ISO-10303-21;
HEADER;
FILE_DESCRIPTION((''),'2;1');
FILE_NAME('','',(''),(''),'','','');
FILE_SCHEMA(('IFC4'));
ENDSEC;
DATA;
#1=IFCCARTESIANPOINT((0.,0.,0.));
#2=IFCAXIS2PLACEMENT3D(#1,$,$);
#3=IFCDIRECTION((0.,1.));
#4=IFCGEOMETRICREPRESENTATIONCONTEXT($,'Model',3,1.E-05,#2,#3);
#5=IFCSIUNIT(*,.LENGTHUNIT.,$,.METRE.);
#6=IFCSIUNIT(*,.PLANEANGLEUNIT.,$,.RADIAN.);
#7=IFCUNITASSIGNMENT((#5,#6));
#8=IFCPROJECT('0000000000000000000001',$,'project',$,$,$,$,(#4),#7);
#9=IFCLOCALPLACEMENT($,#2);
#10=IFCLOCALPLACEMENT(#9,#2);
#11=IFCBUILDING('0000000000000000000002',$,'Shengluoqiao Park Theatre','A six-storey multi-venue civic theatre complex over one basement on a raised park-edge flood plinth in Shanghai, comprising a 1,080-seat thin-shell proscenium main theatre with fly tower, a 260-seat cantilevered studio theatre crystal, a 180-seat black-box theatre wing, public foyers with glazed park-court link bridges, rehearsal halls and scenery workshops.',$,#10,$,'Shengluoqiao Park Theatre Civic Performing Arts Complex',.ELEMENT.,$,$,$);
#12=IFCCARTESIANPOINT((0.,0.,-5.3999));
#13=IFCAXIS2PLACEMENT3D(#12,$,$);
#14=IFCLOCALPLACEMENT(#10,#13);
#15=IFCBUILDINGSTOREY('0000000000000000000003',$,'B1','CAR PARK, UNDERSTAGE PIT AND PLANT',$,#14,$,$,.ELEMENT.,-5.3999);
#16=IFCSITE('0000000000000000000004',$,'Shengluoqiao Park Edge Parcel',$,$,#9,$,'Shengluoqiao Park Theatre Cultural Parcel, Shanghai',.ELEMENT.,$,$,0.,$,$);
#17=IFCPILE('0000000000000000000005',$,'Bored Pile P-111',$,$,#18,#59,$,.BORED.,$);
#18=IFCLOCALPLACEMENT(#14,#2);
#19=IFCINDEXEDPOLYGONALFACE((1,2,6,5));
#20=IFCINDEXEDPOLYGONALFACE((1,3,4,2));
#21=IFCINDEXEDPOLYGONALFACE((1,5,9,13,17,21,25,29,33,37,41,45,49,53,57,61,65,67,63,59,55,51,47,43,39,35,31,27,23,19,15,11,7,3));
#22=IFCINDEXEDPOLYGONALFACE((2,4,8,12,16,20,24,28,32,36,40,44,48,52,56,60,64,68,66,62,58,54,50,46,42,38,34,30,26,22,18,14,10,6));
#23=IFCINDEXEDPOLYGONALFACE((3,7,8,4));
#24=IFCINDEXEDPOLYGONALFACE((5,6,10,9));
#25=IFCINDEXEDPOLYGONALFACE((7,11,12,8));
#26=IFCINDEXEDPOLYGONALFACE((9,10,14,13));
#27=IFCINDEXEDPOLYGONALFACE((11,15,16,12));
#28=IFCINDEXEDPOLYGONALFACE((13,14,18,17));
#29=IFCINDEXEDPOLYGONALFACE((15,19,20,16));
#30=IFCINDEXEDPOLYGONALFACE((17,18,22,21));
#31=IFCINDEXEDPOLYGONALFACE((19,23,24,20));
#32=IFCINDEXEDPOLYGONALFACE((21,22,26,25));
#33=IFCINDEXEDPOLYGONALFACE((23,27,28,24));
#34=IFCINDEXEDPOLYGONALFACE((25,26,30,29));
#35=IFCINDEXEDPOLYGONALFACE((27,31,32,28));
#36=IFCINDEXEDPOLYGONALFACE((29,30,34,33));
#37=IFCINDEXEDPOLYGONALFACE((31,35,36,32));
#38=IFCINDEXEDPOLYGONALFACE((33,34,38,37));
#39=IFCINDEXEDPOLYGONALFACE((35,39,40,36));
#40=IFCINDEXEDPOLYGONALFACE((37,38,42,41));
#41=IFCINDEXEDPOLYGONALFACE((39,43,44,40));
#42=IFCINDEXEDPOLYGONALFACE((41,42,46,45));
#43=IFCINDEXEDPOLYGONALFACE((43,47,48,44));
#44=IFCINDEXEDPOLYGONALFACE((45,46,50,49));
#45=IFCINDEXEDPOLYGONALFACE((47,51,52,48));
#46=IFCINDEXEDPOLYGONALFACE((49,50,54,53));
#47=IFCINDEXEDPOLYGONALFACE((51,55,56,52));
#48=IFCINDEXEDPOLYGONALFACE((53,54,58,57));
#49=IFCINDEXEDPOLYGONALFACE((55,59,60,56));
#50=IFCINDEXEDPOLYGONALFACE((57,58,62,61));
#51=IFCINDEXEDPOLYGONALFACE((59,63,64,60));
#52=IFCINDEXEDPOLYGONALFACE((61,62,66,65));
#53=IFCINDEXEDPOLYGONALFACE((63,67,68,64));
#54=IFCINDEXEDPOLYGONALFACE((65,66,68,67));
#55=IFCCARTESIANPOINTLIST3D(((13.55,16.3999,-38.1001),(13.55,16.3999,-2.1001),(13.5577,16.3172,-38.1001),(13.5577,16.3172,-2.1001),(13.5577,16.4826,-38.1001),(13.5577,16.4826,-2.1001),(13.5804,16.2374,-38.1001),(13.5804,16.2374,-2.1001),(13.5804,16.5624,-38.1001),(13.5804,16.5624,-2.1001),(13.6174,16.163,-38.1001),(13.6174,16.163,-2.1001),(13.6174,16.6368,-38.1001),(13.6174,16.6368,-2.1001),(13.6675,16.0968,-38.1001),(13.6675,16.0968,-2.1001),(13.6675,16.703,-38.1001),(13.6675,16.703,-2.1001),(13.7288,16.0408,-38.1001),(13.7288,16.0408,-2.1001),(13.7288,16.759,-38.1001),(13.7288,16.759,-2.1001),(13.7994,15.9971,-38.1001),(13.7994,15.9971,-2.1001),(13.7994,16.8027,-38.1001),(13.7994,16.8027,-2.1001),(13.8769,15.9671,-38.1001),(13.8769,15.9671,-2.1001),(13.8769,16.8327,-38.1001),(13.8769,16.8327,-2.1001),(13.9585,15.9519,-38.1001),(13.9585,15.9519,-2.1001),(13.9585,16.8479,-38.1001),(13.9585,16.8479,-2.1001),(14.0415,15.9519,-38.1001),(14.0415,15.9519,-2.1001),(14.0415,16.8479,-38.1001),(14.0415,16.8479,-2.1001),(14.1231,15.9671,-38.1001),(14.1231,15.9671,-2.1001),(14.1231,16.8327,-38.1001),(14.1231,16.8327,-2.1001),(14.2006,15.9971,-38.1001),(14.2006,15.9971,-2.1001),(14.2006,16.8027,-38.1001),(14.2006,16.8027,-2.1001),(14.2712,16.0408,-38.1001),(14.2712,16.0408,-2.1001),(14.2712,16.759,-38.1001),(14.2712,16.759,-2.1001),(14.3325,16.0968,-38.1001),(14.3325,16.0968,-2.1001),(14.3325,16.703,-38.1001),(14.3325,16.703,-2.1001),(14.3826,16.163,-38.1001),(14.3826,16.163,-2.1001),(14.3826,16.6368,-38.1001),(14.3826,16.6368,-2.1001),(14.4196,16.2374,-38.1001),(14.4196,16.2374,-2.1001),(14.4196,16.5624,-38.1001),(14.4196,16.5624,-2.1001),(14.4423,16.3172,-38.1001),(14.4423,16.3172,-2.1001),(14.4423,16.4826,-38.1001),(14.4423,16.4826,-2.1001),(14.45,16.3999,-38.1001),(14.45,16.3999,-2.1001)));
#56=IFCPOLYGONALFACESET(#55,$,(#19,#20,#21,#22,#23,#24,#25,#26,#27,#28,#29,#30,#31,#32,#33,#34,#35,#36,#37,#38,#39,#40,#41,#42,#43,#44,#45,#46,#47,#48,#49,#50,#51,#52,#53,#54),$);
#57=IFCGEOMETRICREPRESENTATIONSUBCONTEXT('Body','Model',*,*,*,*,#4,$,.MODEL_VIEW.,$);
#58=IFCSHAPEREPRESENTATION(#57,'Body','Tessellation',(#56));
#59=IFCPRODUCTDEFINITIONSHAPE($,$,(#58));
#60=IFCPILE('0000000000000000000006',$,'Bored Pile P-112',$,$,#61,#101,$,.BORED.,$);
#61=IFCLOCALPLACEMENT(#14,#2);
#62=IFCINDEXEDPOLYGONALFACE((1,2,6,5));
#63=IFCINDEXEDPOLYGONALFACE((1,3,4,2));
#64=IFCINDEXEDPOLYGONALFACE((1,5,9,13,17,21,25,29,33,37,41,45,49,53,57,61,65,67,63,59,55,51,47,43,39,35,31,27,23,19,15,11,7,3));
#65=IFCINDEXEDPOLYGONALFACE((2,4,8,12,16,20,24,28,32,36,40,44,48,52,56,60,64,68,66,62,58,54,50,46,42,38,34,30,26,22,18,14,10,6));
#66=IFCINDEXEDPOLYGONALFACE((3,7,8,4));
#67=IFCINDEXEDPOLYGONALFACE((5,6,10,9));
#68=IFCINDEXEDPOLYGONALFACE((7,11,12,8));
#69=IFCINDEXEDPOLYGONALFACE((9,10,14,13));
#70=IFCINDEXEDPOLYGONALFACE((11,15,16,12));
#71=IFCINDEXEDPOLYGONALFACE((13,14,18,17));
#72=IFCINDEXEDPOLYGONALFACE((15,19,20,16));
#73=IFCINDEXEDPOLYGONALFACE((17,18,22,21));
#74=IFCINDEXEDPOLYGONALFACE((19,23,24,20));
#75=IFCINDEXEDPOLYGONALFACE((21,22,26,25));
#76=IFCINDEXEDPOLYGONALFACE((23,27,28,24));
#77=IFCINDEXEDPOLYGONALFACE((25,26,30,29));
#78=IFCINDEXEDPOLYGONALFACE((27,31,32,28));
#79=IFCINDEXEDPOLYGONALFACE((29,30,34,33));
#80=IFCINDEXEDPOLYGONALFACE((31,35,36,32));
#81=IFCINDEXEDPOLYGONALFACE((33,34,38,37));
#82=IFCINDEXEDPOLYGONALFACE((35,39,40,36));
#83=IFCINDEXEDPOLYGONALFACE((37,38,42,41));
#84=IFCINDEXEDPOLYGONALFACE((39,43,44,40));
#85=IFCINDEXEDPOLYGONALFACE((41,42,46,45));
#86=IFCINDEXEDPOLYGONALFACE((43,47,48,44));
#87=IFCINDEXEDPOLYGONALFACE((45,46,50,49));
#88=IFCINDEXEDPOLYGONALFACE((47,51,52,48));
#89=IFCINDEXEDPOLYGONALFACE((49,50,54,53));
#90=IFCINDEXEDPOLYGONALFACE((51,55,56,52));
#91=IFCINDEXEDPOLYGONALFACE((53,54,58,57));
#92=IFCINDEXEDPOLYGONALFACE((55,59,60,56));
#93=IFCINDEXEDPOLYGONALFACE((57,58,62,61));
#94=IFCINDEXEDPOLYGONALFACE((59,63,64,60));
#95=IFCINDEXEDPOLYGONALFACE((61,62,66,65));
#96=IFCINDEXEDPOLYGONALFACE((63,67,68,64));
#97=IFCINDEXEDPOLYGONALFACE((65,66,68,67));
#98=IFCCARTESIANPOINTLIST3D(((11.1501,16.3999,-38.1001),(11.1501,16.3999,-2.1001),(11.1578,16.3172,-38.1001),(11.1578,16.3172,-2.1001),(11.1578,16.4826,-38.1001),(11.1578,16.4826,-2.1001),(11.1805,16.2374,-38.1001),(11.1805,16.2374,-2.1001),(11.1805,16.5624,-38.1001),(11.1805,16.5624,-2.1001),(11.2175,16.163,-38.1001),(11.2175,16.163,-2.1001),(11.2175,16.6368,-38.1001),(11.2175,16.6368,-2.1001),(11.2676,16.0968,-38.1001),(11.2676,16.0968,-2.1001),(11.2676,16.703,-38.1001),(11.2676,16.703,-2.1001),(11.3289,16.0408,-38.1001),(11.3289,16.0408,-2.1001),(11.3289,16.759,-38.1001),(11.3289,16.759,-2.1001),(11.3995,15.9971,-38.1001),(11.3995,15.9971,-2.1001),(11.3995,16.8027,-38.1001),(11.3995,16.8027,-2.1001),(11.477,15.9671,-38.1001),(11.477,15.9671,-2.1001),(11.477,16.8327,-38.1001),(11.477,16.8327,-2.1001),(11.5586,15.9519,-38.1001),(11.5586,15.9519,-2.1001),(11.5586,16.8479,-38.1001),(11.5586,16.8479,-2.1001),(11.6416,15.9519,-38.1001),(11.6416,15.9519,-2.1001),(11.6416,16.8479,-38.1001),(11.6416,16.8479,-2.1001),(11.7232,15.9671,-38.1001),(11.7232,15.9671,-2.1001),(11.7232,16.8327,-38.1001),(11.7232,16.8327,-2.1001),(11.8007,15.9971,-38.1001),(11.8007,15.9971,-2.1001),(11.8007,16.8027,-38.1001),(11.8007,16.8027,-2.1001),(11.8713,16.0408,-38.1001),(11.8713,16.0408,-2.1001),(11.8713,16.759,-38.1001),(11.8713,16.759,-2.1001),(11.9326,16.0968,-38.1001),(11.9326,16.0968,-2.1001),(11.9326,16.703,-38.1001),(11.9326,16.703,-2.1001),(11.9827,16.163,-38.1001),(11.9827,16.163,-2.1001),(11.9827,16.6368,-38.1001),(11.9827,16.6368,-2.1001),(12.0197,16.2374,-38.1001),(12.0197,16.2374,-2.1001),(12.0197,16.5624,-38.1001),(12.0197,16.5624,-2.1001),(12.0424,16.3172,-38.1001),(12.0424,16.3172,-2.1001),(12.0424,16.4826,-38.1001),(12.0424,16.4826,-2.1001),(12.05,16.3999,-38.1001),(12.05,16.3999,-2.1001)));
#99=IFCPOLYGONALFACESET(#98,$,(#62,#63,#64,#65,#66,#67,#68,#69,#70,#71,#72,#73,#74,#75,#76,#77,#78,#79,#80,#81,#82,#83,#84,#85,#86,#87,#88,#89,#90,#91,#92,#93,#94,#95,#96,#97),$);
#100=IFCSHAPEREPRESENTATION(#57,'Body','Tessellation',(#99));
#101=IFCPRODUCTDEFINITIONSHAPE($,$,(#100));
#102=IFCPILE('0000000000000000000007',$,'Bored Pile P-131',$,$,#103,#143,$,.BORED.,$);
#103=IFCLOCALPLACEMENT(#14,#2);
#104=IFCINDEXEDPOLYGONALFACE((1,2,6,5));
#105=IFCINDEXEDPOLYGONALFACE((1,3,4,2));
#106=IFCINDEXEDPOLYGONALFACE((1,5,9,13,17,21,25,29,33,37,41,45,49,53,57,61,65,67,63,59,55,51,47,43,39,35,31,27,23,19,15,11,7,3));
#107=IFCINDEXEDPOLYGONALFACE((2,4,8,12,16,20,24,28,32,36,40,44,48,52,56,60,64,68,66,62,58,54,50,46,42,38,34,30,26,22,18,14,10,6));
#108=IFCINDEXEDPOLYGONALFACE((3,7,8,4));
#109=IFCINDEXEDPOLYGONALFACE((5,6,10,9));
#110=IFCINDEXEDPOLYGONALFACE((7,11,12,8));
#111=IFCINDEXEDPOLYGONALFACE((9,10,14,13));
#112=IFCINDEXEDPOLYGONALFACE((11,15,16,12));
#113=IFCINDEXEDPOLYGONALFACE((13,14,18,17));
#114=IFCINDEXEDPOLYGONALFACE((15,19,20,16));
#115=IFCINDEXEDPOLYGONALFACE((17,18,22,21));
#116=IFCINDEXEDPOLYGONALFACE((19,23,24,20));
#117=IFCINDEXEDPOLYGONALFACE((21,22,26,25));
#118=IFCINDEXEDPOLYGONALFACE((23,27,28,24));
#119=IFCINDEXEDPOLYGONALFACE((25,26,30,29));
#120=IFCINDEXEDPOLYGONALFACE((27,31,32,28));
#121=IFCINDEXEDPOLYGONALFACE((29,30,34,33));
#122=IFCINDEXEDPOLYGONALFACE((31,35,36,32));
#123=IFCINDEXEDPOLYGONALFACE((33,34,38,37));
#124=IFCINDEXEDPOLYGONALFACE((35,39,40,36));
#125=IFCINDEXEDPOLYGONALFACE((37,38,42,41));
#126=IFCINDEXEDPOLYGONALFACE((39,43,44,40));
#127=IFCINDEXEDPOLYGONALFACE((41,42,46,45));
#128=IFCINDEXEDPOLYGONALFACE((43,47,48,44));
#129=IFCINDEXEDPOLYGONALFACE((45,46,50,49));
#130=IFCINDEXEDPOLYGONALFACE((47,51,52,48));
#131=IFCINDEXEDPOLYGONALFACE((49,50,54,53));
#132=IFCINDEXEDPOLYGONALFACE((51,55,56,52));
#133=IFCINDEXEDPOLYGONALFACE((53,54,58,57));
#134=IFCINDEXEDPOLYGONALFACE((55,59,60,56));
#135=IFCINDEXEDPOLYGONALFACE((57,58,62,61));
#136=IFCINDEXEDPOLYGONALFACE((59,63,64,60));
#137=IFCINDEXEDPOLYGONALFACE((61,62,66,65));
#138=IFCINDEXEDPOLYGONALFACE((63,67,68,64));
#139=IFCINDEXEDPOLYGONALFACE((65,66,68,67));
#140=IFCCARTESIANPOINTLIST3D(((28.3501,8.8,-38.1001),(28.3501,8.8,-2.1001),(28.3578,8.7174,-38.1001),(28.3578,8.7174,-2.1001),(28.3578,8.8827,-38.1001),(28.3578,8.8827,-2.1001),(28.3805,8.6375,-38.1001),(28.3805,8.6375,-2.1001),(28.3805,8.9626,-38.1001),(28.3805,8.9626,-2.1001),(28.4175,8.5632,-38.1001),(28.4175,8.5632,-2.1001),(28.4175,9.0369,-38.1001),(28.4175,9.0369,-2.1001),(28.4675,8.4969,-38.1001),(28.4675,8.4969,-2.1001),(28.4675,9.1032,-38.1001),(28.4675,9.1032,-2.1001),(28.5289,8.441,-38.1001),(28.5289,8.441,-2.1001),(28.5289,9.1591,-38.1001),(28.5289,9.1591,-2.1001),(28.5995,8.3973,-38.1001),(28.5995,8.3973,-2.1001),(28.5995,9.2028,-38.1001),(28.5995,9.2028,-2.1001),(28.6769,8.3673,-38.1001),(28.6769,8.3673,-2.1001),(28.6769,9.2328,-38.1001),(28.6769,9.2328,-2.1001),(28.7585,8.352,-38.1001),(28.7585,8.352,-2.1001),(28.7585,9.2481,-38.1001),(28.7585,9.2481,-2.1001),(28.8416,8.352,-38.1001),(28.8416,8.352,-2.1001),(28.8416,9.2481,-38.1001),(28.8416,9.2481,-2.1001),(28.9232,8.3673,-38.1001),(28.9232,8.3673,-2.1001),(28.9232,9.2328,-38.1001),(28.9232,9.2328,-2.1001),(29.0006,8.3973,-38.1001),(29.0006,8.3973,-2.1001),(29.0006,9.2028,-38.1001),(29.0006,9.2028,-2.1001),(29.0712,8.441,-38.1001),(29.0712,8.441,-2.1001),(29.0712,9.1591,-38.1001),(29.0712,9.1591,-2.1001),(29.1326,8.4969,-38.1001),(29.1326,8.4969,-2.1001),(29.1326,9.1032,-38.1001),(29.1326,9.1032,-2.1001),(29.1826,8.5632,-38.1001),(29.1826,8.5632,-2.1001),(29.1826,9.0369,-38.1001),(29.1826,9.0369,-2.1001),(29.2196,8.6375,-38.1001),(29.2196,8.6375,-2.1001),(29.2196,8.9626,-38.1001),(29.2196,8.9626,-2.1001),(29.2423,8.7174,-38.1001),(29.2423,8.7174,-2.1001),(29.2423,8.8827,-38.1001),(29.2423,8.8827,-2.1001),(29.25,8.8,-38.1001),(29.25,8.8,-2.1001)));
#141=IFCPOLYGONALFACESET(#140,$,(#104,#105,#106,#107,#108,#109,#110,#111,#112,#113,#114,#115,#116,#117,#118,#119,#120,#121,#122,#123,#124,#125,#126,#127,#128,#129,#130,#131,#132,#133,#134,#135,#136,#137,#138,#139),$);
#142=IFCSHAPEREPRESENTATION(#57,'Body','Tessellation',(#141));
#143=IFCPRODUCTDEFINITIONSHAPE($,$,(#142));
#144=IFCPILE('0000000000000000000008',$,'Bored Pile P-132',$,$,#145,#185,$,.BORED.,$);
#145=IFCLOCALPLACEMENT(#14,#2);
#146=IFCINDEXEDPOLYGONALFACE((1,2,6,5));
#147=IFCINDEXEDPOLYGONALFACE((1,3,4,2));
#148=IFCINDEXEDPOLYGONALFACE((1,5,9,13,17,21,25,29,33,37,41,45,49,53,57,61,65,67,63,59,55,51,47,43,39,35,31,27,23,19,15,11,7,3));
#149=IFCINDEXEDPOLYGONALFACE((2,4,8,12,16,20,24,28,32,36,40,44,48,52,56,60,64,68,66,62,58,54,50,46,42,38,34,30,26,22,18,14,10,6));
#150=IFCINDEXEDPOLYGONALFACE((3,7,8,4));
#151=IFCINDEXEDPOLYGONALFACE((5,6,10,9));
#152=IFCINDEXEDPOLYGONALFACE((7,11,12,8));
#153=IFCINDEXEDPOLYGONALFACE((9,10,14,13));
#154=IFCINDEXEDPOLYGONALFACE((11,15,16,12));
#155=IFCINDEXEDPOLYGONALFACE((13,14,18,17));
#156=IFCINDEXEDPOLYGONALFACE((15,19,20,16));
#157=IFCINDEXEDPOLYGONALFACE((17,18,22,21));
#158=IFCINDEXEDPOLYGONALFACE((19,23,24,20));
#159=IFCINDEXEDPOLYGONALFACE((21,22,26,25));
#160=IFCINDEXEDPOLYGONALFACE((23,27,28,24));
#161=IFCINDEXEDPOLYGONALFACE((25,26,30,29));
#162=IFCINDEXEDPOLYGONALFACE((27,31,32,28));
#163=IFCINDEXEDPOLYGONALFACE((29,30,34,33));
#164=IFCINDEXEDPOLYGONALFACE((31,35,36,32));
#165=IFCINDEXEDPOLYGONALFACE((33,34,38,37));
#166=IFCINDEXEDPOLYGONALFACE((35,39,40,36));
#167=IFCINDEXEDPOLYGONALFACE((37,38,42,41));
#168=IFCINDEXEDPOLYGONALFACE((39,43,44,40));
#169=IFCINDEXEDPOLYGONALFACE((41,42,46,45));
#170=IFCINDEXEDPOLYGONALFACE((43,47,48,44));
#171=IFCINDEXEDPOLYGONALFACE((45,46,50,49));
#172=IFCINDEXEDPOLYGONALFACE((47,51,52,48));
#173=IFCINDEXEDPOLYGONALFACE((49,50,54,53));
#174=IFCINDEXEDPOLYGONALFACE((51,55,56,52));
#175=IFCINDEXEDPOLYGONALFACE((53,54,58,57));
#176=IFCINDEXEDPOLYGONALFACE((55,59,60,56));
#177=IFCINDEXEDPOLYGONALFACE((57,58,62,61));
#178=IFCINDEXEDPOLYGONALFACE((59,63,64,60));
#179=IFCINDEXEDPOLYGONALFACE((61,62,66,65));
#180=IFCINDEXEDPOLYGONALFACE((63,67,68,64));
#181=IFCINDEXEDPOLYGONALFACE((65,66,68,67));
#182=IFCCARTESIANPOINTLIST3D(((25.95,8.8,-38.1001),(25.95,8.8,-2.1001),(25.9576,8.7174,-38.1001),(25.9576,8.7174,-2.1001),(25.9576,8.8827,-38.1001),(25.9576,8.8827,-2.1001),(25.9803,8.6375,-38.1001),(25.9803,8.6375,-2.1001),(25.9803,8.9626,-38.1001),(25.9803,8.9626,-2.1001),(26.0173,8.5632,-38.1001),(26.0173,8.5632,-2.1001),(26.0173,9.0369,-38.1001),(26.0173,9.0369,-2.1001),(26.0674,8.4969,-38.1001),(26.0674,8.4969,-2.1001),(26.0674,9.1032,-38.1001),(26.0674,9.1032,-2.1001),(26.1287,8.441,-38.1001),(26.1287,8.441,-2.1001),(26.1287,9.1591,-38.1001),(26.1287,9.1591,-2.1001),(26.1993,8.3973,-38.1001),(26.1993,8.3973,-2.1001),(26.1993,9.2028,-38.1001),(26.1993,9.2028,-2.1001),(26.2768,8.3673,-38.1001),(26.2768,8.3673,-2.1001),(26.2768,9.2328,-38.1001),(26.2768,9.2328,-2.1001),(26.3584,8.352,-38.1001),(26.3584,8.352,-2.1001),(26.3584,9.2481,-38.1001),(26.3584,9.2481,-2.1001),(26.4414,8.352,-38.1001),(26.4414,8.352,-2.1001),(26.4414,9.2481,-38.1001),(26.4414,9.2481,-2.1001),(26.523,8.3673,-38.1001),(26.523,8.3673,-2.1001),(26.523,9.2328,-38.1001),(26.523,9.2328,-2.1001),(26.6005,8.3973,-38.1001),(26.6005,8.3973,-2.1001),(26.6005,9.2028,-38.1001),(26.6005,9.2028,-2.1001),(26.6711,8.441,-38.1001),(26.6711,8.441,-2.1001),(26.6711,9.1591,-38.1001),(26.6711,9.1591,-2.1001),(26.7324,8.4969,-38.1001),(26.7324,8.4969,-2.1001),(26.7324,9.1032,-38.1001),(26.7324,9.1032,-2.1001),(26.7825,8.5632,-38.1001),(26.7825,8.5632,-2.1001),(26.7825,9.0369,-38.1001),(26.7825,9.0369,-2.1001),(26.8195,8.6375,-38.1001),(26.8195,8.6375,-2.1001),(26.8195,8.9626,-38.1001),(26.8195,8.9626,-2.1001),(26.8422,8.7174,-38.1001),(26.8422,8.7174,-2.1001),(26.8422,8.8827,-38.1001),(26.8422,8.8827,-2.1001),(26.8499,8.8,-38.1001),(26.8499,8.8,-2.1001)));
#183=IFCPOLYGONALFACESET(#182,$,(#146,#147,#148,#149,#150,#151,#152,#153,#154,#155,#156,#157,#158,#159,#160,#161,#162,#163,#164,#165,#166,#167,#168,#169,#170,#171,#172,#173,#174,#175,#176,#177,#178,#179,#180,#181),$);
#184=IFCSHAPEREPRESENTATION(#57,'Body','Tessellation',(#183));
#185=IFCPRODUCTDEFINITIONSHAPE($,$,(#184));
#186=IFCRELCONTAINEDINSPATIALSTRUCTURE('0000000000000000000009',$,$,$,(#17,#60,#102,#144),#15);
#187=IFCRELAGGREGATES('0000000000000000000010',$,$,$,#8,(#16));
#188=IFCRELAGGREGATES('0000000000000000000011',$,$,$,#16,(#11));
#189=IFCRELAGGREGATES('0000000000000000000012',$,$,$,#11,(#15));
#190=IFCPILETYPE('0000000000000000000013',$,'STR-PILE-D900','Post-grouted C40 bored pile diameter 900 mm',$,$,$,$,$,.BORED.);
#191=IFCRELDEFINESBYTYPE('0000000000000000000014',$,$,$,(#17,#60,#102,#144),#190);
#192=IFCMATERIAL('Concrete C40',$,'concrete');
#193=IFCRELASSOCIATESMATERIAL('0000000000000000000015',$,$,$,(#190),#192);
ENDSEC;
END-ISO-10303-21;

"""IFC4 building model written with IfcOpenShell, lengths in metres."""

from ifc_helpers import new_model, si_unit, direction, frame, origin, origin_2d, place, context, subcontext, project, spatial, circle, extrude, material, material_profile, profile_set, type_object, element, save


model = new_model("IFC4")

# Units and contexts
model_context = context("Model", 3, precision=1e-05, world=origin(), true_north=direction((0.0, 1.0)))
body_context = subcontext(model_context, "Body", "Model", "MODEL_VIEW")
ifc_project = project(units=[si_unit("LENGTHUNIT", "METRE"), si_unit("PLANEANGLEUNIT", "RADIAN")], contexts=[model_context])

# Site, building, storey
site_placement = place(None, origin())
site = spatial("IfcSite", under=ifc_project, at=site_placement, Name="Shengluoqiao Park Edge Parcel", LongName="Shengluoqiao Park Theatre Cultural Parcel, Shanghai", CompositionType="ELEMENT", RefElevation=0.0)
building_placement = place(site_placement, origin())
building = spatial("IfcBuilding", under=site, at=building_placement, Name="Shengluoqiao Park Theatre", Description="A six-storey multi-venue civic theatre complex over one basement on a raised park-edge flood plinth in Shanghai, comprising a 1,080-seat thin-shell proscenium main theatre with fly tower, a 260-seat cantilevered studio theatre crystal, a 180-seat black-box theatre wing, public foyers with glazed park-court link bridges, rehearsal halls and scenery workshops.", LongName="Shengluoqiao Park Theatre Civic Performing Arts Complex", CompositionType="ELEMENT")
storey_placement = place(building_placement, frame((0.0, 0.0, -5.3999)))
storey = spatial("IfcBuildingStorey", under=building, at=storey_placement, Name="B1", Description="CAR PARK, UNDERSTAGE PIT AND PLANT", CompositionType="ELEMENT", Elevation=-5.3999)

# Shared definitions
ifc_material_1 = material(Name="Concrete C40", Category="concrete")

# Piles
ifc_material_profile_1 = material_profile(ifc_material_1, circle(Radius=0.45, at=origin_2d()), Name="BORED PILE D900")
ifc_profile_set_1 = profile_set([ifc_material_profile_1], Name="Concrete C40")
pile_type = type_object("IfcPileType", Name="STR-PILE-D900", Description="Post-grouted C40 bored pile diameter 900 mm", PredefinedType="BORED", material=ifc_profile_set_1)
for number, where, z_axis, x_axis, name in (
    (1, (14.0, 16.3999, -2.1001), (0.0, 0.0, -1.0), (1.0, 0.0, 0.0), "Bored Pile P-111"),
    (2, (11.6001, 16.3999, -2.1001), (0.0, 0.0, -1.0), (1.0, 0.0, 0.0), "Bored Pile P-112"),
    (3, (28.8, 8.8, -2.1001), (0.0, 0.0, -1.0), (1.0, 0.0, 0.0), "Bored Pile P-131"),
    (4, (26.3999, 8.8, -2.1001), (0.0, 0.0, -1.0), (1.0, 0.0, 0.0), "Bored Pile P-132"),
):
    element("IfcPile", number, at=place(storey_placement, frame(where, z_axis=z_axis, x_axis=x_axis)), inside=storey, type_object=pile_type, Name=name, PredefinedType="BORED", context=body_context, shape_type="SweptSolid", body=[
        extrude(circle(Radius=0.45, at=origin_2d()), origin(), (0.0, 0.0, 1.0), 36.0),
    ])

save(model, "model.ifc")
